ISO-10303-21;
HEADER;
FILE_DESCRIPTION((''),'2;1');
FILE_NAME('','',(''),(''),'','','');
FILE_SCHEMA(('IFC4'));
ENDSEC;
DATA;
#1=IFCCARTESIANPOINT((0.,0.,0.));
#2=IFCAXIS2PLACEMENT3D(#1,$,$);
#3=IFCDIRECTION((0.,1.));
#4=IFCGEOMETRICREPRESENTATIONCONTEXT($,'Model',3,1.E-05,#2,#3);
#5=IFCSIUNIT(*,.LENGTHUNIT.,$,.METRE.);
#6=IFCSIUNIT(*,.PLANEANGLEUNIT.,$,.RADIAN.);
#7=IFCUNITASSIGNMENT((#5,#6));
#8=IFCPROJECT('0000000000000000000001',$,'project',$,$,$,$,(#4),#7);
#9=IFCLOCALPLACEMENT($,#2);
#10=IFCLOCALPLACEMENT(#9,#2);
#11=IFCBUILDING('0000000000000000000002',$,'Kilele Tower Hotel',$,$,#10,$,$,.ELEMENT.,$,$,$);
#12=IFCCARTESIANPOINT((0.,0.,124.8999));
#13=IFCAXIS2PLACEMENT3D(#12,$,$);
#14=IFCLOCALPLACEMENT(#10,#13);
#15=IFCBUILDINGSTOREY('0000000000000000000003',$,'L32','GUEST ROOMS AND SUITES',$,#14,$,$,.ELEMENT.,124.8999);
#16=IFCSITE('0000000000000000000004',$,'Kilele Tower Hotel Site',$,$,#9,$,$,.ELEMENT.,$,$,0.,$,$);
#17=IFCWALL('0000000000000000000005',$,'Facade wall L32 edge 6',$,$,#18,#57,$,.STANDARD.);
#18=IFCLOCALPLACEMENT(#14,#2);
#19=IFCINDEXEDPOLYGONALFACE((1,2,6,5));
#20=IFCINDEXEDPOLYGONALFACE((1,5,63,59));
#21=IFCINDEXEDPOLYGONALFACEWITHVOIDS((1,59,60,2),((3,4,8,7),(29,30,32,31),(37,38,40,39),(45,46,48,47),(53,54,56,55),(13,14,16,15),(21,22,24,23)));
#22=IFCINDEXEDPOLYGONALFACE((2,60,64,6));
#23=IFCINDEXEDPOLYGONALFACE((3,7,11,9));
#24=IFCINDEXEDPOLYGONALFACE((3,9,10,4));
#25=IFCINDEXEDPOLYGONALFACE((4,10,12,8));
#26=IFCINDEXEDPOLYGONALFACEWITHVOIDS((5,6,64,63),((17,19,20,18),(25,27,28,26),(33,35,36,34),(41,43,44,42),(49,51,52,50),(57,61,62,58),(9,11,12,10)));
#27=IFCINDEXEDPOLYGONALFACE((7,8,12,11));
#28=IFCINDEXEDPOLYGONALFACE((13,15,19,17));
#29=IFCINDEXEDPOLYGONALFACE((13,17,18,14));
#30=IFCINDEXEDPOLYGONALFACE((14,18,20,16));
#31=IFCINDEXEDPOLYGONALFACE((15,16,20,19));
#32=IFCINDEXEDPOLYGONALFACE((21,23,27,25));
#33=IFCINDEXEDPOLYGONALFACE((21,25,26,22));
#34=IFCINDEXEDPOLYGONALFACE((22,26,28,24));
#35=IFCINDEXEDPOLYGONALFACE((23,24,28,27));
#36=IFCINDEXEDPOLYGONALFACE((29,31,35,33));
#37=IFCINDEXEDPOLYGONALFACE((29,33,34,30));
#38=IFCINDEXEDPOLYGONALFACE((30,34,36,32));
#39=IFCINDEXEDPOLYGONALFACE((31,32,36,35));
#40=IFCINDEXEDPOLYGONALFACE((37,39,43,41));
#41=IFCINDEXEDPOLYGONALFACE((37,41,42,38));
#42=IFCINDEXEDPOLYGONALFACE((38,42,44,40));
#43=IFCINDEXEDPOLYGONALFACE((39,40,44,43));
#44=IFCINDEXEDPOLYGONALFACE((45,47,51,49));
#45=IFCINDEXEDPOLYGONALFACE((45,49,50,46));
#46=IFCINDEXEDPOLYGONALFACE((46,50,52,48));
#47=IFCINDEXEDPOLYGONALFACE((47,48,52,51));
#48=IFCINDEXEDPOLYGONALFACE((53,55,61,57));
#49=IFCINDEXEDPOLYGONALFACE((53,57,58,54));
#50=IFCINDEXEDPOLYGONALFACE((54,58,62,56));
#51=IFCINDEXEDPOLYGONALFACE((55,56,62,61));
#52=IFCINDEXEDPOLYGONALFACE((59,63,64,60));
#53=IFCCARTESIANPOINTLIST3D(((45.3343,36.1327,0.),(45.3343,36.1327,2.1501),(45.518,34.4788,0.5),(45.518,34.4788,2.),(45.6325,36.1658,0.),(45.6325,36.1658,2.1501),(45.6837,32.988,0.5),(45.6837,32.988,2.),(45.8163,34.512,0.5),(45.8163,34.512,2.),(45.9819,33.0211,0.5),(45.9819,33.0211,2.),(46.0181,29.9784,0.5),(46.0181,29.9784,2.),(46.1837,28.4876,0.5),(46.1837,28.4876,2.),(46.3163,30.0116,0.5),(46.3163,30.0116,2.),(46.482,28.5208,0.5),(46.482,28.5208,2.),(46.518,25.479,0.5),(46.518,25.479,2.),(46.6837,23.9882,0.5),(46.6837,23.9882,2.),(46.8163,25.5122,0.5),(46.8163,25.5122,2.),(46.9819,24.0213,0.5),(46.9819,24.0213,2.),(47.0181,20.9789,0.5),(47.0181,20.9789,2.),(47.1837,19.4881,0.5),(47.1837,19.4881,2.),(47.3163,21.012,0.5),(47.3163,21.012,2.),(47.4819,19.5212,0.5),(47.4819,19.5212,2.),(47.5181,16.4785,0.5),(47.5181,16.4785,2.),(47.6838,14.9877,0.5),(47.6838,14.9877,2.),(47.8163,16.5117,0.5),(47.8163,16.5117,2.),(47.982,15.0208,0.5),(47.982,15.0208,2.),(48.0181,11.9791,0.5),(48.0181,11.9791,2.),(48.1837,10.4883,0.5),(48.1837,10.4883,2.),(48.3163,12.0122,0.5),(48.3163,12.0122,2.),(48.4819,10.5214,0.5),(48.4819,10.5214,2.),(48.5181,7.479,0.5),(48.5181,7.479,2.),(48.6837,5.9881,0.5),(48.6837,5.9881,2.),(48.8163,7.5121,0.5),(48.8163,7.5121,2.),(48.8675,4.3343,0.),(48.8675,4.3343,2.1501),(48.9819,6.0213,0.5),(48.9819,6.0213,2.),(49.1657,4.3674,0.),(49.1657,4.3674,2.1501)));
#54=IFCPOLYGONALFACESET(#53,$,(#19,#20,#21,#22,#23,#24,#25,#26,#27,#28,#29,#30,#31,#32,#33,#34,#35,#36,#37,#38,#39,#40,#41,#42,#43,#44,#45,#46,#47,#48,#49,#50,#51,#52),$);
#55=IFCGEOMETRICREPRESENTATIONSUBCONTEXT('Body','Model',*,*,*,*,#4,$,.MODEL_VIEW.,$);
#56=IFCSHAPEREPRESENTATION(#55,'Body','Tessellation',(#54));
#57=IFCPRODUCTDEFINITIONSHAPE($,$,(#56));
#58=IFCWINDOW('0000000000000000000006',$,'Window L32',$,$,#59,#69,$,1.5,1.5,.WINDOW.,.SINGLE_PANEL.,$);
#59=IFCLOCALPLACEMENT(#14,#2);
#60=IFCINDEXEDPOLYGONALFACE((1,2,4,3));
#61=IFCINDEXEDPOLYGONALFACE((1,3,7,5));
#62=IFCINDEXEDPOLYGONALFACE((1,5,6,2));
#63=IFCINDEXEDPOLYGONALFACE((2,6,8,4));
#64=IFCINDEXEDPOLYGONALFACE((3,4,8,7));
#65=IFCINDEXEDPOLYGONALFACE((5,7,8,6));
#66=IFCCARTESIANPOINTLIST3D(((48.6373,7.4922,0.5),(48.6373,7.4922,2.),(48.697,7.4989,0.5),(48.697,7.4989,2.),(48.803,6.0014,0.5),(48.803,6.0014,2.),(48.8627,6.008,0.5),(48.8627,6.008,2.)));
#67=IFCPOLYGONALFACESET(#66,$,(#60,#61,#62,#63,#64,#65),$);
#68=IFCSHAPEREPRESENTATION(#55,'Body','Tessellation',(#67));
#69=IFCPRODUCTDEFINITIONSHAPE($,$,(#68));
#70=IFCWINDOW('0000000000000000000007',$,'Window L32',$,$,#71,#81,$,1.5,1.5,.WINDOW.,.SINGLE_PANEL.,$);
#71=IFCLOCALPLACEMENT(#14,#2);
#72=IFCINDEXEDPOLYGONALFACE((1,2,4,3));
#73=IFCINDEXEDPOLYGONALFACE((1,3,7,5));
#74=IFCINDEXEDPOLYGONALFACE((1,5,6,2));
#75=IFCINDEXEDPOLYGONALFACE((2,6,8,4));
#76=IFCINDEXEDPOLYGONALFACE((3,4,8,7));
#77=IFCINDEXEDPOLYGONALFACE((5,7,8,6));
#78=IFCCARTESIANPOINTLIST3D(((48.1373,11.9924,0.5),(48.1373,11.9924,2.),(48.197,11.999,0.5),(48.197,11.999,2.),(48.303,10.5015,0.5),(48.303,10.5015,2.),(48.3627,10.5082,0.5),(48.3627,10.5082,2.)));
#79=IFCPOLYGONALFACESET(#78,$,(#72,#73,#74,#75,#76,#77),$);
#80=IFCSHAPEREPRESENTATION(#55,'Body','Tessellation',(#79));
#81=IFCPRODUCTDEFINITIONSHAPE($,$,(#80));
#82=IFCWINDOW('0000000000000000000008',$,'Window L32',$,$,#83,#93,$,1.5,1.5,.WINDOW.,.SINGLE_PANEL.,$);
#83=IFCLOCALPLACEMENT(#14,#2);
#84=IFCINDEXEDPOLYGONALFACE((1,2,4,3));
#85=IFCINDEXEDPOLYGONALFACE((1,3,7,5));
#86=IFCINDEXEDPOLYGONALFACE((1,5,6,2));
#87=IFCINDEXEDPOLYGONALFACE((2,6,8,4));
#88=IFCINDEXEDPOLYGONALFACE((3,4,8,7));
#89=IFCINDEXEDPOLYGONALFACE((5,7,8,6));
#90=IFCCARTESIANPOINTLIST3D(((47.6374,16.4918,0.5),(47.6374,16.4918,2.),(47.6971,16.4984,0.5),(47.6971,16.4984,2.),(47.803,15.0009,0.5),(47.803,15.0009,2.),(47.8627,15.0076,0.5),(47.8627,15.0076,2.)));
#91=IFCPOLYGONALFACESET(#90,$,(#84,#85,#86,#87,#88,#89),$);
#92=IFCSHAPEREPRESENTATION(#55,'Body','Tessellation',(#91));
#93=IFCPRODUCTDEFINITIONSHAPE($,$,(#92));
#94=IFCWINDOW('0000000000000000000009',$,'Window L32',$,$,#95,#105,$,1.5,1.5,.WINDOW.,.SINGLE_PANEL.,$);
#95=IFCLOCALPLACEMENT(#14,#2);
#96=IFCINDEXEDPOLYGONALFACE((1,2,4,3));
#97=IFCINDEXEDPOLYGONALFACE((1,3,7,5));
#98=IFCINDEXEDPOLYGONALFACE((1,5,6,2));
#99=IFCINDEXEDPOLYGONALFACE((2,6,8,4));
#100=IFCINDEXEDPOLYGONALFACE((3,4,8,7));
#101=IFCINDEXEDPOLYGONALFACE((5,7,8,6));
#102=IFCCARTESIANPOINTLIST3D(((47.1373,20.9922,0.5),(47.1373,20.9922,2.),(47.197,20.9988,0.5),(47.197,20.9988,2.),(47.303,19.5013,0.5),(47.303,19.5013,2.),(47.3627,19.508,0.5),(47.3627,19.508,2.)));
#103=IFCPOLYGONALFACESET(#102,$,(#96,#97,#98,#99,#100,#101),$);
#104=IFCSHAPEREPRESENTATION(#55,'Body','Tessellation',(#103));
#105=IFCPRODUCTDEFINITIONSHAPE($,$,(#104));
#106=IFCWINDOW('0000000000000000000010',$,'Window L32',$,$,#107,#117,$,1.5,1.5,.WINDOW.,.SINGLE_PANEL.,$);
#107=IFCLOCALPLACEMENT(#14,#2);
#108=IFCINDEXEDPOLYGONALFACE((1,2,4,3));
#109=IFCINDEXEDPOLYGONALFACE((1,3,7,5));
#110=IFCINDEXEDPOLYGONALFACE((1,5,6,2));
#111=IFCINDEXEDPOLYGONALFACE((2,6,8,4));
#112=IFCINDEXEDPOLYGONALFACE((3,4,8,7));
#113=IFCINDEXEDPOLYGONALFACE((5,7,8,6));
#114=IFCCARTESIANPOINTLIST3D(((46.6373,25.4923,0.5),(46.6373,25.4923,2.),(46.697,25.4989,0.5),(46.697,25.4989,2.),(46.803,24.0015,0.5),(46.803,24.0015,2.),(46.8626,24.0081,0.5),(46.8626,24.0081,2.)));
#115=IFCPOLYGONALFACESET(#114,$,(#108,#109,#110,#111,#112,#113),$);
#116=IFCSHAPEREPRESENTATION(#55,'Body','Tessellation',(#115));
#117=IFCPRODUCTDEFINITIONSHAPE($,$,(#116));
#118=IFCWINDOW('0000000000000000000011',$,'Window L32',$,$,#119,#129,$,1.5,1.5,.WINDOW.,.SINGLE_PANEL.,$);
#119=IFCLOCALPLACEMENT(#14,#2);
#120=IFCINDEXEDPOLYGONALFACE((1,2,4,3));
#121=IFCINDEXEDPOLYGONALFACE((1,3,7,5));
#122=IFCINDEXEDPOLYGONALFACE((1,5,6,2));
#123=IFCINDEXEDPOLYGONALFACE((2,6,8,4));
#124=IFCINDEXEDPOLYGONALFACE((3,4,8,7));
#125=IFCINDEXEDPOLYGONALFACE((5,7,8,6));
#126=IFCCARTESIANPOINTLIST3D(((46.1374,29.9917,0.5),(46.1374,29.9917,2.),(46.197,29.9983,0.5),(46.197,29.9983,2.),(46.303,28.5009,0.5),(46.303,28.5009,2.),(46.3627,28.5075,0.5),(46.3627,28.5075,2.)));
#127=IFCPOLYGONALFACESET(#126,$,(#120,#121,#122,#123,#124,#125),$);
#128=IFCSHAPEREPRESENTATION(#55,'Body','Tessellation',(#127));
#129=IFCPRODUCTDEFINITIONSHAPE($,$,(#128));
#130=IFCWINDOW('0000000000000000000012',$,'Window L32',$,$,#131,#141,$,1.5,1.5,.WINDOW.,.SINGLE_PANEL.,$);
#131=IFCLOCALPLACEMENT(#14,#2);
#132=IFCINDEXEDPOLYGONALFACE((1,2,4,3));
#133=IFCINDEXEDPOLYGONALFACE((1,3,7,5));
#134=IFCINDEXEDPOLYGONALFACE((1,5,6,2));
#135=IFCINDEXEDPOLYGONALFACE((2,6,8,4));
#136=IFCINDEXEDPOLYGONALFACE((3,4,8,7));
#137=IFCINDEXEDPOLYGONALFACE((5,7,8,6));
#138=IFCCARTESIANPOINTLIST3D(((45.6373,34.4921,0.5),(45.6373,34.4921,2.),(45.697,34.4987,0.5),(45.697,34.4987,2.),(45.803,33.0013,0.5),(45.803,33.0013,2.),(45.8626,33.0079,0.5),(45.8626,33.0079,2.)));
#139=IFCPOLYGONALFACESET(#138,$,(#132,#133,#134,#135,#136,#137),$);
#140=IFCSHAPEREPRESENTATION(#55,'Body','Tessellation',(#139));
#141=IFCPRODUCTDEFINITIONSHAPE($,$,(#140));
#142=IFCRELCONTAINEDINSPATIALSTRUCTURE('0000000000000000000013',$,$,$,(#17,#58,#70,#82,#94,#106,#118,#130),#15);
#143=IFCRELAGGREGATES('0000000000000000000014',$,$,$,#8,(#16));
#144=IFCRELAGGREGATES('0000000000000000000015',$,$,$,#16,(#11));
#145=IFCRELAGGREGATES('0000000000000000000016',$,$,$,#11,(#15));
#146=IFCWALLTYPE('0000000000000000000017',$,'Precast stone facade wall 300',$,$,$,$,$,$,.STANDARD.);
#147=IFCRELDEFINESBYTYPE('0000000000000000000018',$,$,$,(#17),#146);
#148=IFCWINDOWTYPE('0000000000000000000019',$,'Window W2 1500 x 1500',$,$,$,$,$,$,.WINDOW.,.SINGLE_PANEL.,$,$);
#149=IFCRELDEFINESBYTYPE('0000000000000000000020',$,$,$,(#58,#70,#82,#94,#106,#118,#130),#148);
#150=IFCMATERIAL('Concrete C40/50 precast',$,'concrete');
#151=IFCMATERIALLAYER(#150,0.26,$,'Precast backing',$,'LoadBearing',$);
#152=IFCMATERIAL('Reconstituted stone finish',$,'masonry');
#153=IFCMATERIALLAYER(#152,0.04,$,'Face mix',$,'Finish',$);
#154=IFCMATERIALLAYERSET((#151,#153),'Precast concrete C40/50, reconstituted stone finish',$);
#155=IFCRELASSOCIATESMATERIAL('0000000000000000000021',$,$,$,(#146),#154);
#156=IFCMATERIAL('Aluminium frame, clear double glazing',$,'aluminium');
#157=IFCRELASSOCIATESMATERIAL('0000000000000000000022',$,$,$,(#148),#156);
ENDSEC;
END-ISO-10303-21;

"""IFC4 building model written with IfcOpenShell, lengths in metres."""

from ifc_helpers import new_model, si_unit, direction, frame, frame_2d, origin, place, context, subcontext, project, spatial, rectangle, extrude, material, layer, layer_set, type_object, element, fill, save


model = new_model("IFC4")

# Units and contexts
model_context = context("Model", 3, precision=1e-05, world=origin(), true_north=direction((0.0, 1.0)))
body_context = subcontext(model_context, "Body", "Model", "MODEL_VIEW")
ifc_project = project(units=[si_unit("LENGTHUNIT", "METRE"), si_unit("PLANEANGLEUNIT", "RADIAN")], contexts=[model_context])

# Site, building, storey
site_placement = place(None, origin())
site = spatial("IfcSite", under=ifc_project, at=site_placement, Name="Kilele Tower Hotel Site", CompositionType="ELEMENT", RefElevation=0.0)
building_placement = place(site_placement, origin())
building = spatial("IfcBuilding", under=site, at=building_placement, Name="Kilele Tower Hotel", CompositionType="ELEMENT")
storey_placement = place(building_placement, frame((0.0, 0.0, 124.8999)))
storey = spatial("IfcBuildingStorey", under=building, at=storey_placement, Name="L32", Description="GUEST ROOMS AND SUITES", CompositionType="ELEMENT", Elevation=124.8999)

# Shared definitions
ifc_material_1 = material(Name="Concrete C40/50 precast", Category="concrete")
ifc_layer_1 = layer(ifc_material_1, 0.26, Name="Precast backing", Category="LoadBearing")
ifc_material_2 = material(Name="Reconstituted stone finish", Category="masonry")
ifc_layer_2 = layer(ifc_material_2, 0.04, Name="Face mix", Category="Finish")
ifc_layer_set_1 = layer_set([ifc_layer_1, ifc_layer_2], Name="Precast concrete C40/50, reconstituted stone finish")
wall_type_1 = type_object("IfcWallType", Name="Precast stone facade wall 300", PredefinedType="STANDARD", material=ifc_layer_set_1)
ifc_material_3 = material(Name="Aluminium frame, clear double glazing", Category="aluminium")
window_type = type_object("IfcWindowType", Name="Window W2 1500 x 1500", PartitioningType="SINGLE_PANEL", PredefinedType="WINDOW", material=ifc_material_3)

# Wall, openings, windows
wall_1_placement = place(storey_placement, frame((49.0166, 4.3508, 0.0), z_axis=(0.0, 0.0, 1.0), x_axis=(-0.110433, 0.993884, 0.0)))
wall_1 = element("IfcWall", 1, at=wall_1_placement, inside=storey, type_object=wall_type_1, Name="Facade wall L32 edge 6", PredefinedType="STANDARD", context=body_context, shape_type="SweptSolid", body=[
    extrude(rectangle(XDim=31.9941, YDim=0.3, at=frame_2d((15.9971, 0.0))), origin(), (0.0, 0.0, 1.0), 2.1501),
])
opening_1_placement = place(wall_1_placement, frame((1.6641, 0.0, 0.5)))
opening_1 = element("IfcOpeningElement", 2, at=opening_1_placement, cuts=wall_1, PredefinedType="OPENING", context=body_context, shape_type="SweptSolid", body=[
    extrude(rectangle(XDim=1.5, YDim=1.5, at=frame_2d((0.75, 0.75))), frame((0.0, 0.1599, 0.0), z_axis=(0.0, -1.0, 0.0), x_axis=(1.0, 0.0, 0.0)), (0.0, 0.0, 1.0), 0.3201),
])
opening_2_placement = place(wall_1_placement, frame((6.1919, 0.0, 0.5)))
opening_2 = element("IfcOpeningElement", 3, at=opening_2_placement, cuts=wall_1, PredefinedType="OPENING", context=body_context, shape_type="SweptSolid", body=[
    extrude(rectangle(XDim=1.5, YDim=1.5, at=frame_2d((0.75, 0.75))), frame((0.0, 0.1599, 0.0), z_axis=(0.0, -1.0, 0.0), x_axis=(1.0, 0.0, 0.0)), (0.0, 0.0, 1.0), 0.3201),
])
opening_3_placement = place(wall_1_placement, frame((10.719, 0.0, 0.5)))
opening_3 = element("IfcOpeningElement", 4, at=opening_3_placement, cuts=wall_1, PredefinedType="OPENING", context=body_context, shape_type="SweptSolid", body=[
    extrude(rectangle(XDim=1.5, YDim=1.5, at=frame_2d((0.75, 0.75))), frame((0.0, 0.1599, 0.0), z_axis=(0.0, -1.0, 0.0), x_axis=(1.0, 0.0, 0.0)), (0.0, 0.0, 1.0), 0.3201),
])
opening_4_placement = place(wall_1_placement, frame((15.2471, 0.0, 0.5)))
opening_4 = element("IfcOpeningElement", 5, at=opening_4_placement, cuts=wall_1, PredefinedType="OPENING", context=body_context, shape_type="SweptSolid", body=[
    extrude(rectangle(XDim=1.5, YDim=1.5, at=frame_2d((0.75, 0.75))), frame((0.0, 0.1599, 0.0), z_axis=(0.0, -1.0, 0.0), x_axis=(1.0, 0.0, 0.0)), (0.0, 0.0, 1.0), 0.3201),
])
opening_5_placement = place(wall_1_placement, frame((19.7749, 0.0, 0.5)))
opening_5 = element("IfcOpeningElement", 6, at=opening_5_placement, cuts=wall_1, PredefinedType="OPENING", context=body_context, shape_type="SweptSolid", body=[
    extrude(rectangle(XDim=1.5, YDim=1.5, at=frame_2d((0.75, 0.75))), frame((0.0, 0.1599, 0.0), z_axis=(0.0, -1.0, 0.0), x_axis=(1.0, 0.0, 0.0)), (0.0, 0.0, 1.0), 0.3201),
])
opening_6_placement = place(wall_1_placement, frame((24.302, 0.0, 0.5)))
opening_6 = element("IfcOpeningElement", 7, at=opening_6_placement, cuts=wall_1, PredefinedType="OPENING", context=body_context, shape_type="SweptSolid", body=[
    extrude(rectangle(XDim=1.5, YDim=1.5, at=frame_2d((0.75, 0.75))), frame((0.0, 0.1599, 0.0), z_axis=(0.0, -1.0, 0.0), x_axis=(1.0, 0.0, 0.0)), (0.0, 0.0, 1.0), 0.3201),
])
opening_7_placement = place(wall_1_placement, frame((28.8301, 0.0, 0.5)))
opening_7 = element("IfcOpeningElement", 8, at=opening_7_placement, cuts=wall_1, PredefinedType="OPENING", context=body_context, shape_type="SweptSolid", body=[
    extrude(rectangle(XDim=1.5, YDim=1.5, at=frame_2d((0.75, 0.75))), frame((0.0, 0.1599, 0.0), z_axis=(0.0, -1.0, 0.0), x_axis=(1.0, 0.0, 0.0)), (0.0, 0.0, 1.0), 0.3201),
])
window_1_placement = place(opening_1_placement, origin())
window_1 = element("IfcWindow", 9, at=window_1_placement, inside=storey, type_object=window_type, Name="Window L32", OverallHeight=1.5, OverallWidth=1.5, PartitioningType="SINGLE_PANEL", PredefinedType="WINDOW", context=body_context, shape_type="SweptSolid", body=[
    extrude(rectangle(XDim=1.5, YDim=1.5, at=frame_2d((0.75, 0.75))), frame((0.0, 0.03, 0.0), z_axis=(0.0, -1.0, 0.0), x_axis=(1.0, 0.0, 0.0)), (0.0, 0.0, 1.0), 0.0601),
])
fill(opening_1, window_1)
window_2_placement = place(opening_2_placement, origin())
window_2 = element("IfcWindow", 10, at=window_2_placement, inside=storey, type_object=window_type, Name="Window L32", OverallHeight=1.5, OverallWidth=1.5, PartitioningType="SINGLE_PANEL", PredefinedType="WINDOW", context=body_context, shape_type="SweptSolid", body=[
    extrude(rectangle(XDim=1.5, YDim=1.5, at=frame_2d((0.75, 0.75))), frame((0.0, 0.03, 0.0), z_axis=(0.0, -1.0, 0.0), x_axis=(1.0, 0.0, 0.0)), (0.0, 0.0, 1.0), 0.0601),
])
fill(opening_2, window_2)
window_3_placement = place(opening_3_placement, origin())
window_3 = element("IfcWindow", 11, at=window_3_placement, inside=storey, type_object=window_type, Name="Window L32", OverallHeight=1.5, OverallWidth=1.5, PartitioningType="SINGLE_PANEL", PredefinedType="WINDOW", context=body_context, shape_type="SweptSolid", body=[
    extrude(rectangle(XDim=1.5, YDim=1.5, at=frame_2d((0.75, 0.75))), frame((0.0, 0.03, 0.0), z_axis=(0.0, -1.0, 0.0), x_axis=(1.0, 0.0, 0.0)), (0.0, 0.0, 1.0), 0.0601),
])
fill(opening_3, window_3)
window_4_placement = place(opening_4_placement, origin())
window_4 = element("IfcWindow", 12, at=window_4_placement, inside=storey, type_object=window_type, Name="Window L32", OverallHeight=1.5, OverallWidth=1.5, PartitioningType="SINGLE_PANEL", PredefinedType="WINDOW", context=body_context, shape_type="SweptSolid", body=[
    extrude(rectangle(XDim=1.5, YDim=1.5, at=frame_2d((0.75, 0.75))), frame((0.0, 0.03, 0.0), z_axis=(0.0, -1.0, 0.0), x_axis=(1.0, 0.0, 0.0)), (0.0, 0.0, 1.0), 0.0601),
])
fill(opening_4, window_4)
window_5_placement = place(opening_5_placement, origin())
window_5 = element("IfcWindow", 13, at=window_5_placement, inside=storey, type_object=window_type, Name="Window L32", OverallHeight=1.5, OverallWidth=1.5, PartitioningType="SINGLE_PANEL", PredefinedType="WINDOW", context=body_context, shape_type="SweptSolid", body=[
    extrude(rectangle(XDim=1.5, YDim=1.5, at=frame_2d((0.75, 0.75))), frame((0.0, 0.03, 0.0), z_axis=(0.0, -1.0, 0.0), x_axis=(1.0, 0.0, 0.0)), (0.0, 0.0, 1.0), 0.0601),
])
fill(opening_5, window_5)
window_6_placement = place(opening_6_placement, origin())
window_6 = element("IfcWindow", 14, at=window_6_placement, inside=storey, type_object=window_type, Name="Window L32", OverallHeight=1.5, OverallWidth=1.5, PartitioningType="SINGLE_PANEL", PredefinedType="WINDOW", context=body_context, shape_type="SweptSolid", body=[
    extrude(rectangle(XDim=1.5, YDim=1.5, at=frame_2d((0.75, 0.75))), frame((0.0, 0.03, 0.0), z_axis=(0.0, -1.0, 0.0), x_axis=(1.0, 0.0, 0.0)), (0.0, 0.0, 1.0), 0.0601),
])
fill(opening_6, window_6)
window_7_placement = place(opening_7_placement, origin())
window_7 = element("IfcWindow", 15, at=window_7_placement, inside=storey, type_object=window_type, Name="Window L32", OverallHeight=1.5, OverallWidth=1.5, PartitioningType="SINGLE_PANEL", PredefinedType="WINDOW", context=body_context, shape_type="SweptSolid", body=[
    extrude(rectangle(XDim=1.5, YDim=1.5, at=frame_2d((0.75, 0.75))), frame((0.0, 0.03, 0.0), z_axis=(0.0, -1.0, 0.0), x_axis=(1.0, 0.0, 0.0)), (0.0, 0.0, 1.0), 0.0601),
])
fill(opening_7, window_7)

save(model, "model.ifc")
